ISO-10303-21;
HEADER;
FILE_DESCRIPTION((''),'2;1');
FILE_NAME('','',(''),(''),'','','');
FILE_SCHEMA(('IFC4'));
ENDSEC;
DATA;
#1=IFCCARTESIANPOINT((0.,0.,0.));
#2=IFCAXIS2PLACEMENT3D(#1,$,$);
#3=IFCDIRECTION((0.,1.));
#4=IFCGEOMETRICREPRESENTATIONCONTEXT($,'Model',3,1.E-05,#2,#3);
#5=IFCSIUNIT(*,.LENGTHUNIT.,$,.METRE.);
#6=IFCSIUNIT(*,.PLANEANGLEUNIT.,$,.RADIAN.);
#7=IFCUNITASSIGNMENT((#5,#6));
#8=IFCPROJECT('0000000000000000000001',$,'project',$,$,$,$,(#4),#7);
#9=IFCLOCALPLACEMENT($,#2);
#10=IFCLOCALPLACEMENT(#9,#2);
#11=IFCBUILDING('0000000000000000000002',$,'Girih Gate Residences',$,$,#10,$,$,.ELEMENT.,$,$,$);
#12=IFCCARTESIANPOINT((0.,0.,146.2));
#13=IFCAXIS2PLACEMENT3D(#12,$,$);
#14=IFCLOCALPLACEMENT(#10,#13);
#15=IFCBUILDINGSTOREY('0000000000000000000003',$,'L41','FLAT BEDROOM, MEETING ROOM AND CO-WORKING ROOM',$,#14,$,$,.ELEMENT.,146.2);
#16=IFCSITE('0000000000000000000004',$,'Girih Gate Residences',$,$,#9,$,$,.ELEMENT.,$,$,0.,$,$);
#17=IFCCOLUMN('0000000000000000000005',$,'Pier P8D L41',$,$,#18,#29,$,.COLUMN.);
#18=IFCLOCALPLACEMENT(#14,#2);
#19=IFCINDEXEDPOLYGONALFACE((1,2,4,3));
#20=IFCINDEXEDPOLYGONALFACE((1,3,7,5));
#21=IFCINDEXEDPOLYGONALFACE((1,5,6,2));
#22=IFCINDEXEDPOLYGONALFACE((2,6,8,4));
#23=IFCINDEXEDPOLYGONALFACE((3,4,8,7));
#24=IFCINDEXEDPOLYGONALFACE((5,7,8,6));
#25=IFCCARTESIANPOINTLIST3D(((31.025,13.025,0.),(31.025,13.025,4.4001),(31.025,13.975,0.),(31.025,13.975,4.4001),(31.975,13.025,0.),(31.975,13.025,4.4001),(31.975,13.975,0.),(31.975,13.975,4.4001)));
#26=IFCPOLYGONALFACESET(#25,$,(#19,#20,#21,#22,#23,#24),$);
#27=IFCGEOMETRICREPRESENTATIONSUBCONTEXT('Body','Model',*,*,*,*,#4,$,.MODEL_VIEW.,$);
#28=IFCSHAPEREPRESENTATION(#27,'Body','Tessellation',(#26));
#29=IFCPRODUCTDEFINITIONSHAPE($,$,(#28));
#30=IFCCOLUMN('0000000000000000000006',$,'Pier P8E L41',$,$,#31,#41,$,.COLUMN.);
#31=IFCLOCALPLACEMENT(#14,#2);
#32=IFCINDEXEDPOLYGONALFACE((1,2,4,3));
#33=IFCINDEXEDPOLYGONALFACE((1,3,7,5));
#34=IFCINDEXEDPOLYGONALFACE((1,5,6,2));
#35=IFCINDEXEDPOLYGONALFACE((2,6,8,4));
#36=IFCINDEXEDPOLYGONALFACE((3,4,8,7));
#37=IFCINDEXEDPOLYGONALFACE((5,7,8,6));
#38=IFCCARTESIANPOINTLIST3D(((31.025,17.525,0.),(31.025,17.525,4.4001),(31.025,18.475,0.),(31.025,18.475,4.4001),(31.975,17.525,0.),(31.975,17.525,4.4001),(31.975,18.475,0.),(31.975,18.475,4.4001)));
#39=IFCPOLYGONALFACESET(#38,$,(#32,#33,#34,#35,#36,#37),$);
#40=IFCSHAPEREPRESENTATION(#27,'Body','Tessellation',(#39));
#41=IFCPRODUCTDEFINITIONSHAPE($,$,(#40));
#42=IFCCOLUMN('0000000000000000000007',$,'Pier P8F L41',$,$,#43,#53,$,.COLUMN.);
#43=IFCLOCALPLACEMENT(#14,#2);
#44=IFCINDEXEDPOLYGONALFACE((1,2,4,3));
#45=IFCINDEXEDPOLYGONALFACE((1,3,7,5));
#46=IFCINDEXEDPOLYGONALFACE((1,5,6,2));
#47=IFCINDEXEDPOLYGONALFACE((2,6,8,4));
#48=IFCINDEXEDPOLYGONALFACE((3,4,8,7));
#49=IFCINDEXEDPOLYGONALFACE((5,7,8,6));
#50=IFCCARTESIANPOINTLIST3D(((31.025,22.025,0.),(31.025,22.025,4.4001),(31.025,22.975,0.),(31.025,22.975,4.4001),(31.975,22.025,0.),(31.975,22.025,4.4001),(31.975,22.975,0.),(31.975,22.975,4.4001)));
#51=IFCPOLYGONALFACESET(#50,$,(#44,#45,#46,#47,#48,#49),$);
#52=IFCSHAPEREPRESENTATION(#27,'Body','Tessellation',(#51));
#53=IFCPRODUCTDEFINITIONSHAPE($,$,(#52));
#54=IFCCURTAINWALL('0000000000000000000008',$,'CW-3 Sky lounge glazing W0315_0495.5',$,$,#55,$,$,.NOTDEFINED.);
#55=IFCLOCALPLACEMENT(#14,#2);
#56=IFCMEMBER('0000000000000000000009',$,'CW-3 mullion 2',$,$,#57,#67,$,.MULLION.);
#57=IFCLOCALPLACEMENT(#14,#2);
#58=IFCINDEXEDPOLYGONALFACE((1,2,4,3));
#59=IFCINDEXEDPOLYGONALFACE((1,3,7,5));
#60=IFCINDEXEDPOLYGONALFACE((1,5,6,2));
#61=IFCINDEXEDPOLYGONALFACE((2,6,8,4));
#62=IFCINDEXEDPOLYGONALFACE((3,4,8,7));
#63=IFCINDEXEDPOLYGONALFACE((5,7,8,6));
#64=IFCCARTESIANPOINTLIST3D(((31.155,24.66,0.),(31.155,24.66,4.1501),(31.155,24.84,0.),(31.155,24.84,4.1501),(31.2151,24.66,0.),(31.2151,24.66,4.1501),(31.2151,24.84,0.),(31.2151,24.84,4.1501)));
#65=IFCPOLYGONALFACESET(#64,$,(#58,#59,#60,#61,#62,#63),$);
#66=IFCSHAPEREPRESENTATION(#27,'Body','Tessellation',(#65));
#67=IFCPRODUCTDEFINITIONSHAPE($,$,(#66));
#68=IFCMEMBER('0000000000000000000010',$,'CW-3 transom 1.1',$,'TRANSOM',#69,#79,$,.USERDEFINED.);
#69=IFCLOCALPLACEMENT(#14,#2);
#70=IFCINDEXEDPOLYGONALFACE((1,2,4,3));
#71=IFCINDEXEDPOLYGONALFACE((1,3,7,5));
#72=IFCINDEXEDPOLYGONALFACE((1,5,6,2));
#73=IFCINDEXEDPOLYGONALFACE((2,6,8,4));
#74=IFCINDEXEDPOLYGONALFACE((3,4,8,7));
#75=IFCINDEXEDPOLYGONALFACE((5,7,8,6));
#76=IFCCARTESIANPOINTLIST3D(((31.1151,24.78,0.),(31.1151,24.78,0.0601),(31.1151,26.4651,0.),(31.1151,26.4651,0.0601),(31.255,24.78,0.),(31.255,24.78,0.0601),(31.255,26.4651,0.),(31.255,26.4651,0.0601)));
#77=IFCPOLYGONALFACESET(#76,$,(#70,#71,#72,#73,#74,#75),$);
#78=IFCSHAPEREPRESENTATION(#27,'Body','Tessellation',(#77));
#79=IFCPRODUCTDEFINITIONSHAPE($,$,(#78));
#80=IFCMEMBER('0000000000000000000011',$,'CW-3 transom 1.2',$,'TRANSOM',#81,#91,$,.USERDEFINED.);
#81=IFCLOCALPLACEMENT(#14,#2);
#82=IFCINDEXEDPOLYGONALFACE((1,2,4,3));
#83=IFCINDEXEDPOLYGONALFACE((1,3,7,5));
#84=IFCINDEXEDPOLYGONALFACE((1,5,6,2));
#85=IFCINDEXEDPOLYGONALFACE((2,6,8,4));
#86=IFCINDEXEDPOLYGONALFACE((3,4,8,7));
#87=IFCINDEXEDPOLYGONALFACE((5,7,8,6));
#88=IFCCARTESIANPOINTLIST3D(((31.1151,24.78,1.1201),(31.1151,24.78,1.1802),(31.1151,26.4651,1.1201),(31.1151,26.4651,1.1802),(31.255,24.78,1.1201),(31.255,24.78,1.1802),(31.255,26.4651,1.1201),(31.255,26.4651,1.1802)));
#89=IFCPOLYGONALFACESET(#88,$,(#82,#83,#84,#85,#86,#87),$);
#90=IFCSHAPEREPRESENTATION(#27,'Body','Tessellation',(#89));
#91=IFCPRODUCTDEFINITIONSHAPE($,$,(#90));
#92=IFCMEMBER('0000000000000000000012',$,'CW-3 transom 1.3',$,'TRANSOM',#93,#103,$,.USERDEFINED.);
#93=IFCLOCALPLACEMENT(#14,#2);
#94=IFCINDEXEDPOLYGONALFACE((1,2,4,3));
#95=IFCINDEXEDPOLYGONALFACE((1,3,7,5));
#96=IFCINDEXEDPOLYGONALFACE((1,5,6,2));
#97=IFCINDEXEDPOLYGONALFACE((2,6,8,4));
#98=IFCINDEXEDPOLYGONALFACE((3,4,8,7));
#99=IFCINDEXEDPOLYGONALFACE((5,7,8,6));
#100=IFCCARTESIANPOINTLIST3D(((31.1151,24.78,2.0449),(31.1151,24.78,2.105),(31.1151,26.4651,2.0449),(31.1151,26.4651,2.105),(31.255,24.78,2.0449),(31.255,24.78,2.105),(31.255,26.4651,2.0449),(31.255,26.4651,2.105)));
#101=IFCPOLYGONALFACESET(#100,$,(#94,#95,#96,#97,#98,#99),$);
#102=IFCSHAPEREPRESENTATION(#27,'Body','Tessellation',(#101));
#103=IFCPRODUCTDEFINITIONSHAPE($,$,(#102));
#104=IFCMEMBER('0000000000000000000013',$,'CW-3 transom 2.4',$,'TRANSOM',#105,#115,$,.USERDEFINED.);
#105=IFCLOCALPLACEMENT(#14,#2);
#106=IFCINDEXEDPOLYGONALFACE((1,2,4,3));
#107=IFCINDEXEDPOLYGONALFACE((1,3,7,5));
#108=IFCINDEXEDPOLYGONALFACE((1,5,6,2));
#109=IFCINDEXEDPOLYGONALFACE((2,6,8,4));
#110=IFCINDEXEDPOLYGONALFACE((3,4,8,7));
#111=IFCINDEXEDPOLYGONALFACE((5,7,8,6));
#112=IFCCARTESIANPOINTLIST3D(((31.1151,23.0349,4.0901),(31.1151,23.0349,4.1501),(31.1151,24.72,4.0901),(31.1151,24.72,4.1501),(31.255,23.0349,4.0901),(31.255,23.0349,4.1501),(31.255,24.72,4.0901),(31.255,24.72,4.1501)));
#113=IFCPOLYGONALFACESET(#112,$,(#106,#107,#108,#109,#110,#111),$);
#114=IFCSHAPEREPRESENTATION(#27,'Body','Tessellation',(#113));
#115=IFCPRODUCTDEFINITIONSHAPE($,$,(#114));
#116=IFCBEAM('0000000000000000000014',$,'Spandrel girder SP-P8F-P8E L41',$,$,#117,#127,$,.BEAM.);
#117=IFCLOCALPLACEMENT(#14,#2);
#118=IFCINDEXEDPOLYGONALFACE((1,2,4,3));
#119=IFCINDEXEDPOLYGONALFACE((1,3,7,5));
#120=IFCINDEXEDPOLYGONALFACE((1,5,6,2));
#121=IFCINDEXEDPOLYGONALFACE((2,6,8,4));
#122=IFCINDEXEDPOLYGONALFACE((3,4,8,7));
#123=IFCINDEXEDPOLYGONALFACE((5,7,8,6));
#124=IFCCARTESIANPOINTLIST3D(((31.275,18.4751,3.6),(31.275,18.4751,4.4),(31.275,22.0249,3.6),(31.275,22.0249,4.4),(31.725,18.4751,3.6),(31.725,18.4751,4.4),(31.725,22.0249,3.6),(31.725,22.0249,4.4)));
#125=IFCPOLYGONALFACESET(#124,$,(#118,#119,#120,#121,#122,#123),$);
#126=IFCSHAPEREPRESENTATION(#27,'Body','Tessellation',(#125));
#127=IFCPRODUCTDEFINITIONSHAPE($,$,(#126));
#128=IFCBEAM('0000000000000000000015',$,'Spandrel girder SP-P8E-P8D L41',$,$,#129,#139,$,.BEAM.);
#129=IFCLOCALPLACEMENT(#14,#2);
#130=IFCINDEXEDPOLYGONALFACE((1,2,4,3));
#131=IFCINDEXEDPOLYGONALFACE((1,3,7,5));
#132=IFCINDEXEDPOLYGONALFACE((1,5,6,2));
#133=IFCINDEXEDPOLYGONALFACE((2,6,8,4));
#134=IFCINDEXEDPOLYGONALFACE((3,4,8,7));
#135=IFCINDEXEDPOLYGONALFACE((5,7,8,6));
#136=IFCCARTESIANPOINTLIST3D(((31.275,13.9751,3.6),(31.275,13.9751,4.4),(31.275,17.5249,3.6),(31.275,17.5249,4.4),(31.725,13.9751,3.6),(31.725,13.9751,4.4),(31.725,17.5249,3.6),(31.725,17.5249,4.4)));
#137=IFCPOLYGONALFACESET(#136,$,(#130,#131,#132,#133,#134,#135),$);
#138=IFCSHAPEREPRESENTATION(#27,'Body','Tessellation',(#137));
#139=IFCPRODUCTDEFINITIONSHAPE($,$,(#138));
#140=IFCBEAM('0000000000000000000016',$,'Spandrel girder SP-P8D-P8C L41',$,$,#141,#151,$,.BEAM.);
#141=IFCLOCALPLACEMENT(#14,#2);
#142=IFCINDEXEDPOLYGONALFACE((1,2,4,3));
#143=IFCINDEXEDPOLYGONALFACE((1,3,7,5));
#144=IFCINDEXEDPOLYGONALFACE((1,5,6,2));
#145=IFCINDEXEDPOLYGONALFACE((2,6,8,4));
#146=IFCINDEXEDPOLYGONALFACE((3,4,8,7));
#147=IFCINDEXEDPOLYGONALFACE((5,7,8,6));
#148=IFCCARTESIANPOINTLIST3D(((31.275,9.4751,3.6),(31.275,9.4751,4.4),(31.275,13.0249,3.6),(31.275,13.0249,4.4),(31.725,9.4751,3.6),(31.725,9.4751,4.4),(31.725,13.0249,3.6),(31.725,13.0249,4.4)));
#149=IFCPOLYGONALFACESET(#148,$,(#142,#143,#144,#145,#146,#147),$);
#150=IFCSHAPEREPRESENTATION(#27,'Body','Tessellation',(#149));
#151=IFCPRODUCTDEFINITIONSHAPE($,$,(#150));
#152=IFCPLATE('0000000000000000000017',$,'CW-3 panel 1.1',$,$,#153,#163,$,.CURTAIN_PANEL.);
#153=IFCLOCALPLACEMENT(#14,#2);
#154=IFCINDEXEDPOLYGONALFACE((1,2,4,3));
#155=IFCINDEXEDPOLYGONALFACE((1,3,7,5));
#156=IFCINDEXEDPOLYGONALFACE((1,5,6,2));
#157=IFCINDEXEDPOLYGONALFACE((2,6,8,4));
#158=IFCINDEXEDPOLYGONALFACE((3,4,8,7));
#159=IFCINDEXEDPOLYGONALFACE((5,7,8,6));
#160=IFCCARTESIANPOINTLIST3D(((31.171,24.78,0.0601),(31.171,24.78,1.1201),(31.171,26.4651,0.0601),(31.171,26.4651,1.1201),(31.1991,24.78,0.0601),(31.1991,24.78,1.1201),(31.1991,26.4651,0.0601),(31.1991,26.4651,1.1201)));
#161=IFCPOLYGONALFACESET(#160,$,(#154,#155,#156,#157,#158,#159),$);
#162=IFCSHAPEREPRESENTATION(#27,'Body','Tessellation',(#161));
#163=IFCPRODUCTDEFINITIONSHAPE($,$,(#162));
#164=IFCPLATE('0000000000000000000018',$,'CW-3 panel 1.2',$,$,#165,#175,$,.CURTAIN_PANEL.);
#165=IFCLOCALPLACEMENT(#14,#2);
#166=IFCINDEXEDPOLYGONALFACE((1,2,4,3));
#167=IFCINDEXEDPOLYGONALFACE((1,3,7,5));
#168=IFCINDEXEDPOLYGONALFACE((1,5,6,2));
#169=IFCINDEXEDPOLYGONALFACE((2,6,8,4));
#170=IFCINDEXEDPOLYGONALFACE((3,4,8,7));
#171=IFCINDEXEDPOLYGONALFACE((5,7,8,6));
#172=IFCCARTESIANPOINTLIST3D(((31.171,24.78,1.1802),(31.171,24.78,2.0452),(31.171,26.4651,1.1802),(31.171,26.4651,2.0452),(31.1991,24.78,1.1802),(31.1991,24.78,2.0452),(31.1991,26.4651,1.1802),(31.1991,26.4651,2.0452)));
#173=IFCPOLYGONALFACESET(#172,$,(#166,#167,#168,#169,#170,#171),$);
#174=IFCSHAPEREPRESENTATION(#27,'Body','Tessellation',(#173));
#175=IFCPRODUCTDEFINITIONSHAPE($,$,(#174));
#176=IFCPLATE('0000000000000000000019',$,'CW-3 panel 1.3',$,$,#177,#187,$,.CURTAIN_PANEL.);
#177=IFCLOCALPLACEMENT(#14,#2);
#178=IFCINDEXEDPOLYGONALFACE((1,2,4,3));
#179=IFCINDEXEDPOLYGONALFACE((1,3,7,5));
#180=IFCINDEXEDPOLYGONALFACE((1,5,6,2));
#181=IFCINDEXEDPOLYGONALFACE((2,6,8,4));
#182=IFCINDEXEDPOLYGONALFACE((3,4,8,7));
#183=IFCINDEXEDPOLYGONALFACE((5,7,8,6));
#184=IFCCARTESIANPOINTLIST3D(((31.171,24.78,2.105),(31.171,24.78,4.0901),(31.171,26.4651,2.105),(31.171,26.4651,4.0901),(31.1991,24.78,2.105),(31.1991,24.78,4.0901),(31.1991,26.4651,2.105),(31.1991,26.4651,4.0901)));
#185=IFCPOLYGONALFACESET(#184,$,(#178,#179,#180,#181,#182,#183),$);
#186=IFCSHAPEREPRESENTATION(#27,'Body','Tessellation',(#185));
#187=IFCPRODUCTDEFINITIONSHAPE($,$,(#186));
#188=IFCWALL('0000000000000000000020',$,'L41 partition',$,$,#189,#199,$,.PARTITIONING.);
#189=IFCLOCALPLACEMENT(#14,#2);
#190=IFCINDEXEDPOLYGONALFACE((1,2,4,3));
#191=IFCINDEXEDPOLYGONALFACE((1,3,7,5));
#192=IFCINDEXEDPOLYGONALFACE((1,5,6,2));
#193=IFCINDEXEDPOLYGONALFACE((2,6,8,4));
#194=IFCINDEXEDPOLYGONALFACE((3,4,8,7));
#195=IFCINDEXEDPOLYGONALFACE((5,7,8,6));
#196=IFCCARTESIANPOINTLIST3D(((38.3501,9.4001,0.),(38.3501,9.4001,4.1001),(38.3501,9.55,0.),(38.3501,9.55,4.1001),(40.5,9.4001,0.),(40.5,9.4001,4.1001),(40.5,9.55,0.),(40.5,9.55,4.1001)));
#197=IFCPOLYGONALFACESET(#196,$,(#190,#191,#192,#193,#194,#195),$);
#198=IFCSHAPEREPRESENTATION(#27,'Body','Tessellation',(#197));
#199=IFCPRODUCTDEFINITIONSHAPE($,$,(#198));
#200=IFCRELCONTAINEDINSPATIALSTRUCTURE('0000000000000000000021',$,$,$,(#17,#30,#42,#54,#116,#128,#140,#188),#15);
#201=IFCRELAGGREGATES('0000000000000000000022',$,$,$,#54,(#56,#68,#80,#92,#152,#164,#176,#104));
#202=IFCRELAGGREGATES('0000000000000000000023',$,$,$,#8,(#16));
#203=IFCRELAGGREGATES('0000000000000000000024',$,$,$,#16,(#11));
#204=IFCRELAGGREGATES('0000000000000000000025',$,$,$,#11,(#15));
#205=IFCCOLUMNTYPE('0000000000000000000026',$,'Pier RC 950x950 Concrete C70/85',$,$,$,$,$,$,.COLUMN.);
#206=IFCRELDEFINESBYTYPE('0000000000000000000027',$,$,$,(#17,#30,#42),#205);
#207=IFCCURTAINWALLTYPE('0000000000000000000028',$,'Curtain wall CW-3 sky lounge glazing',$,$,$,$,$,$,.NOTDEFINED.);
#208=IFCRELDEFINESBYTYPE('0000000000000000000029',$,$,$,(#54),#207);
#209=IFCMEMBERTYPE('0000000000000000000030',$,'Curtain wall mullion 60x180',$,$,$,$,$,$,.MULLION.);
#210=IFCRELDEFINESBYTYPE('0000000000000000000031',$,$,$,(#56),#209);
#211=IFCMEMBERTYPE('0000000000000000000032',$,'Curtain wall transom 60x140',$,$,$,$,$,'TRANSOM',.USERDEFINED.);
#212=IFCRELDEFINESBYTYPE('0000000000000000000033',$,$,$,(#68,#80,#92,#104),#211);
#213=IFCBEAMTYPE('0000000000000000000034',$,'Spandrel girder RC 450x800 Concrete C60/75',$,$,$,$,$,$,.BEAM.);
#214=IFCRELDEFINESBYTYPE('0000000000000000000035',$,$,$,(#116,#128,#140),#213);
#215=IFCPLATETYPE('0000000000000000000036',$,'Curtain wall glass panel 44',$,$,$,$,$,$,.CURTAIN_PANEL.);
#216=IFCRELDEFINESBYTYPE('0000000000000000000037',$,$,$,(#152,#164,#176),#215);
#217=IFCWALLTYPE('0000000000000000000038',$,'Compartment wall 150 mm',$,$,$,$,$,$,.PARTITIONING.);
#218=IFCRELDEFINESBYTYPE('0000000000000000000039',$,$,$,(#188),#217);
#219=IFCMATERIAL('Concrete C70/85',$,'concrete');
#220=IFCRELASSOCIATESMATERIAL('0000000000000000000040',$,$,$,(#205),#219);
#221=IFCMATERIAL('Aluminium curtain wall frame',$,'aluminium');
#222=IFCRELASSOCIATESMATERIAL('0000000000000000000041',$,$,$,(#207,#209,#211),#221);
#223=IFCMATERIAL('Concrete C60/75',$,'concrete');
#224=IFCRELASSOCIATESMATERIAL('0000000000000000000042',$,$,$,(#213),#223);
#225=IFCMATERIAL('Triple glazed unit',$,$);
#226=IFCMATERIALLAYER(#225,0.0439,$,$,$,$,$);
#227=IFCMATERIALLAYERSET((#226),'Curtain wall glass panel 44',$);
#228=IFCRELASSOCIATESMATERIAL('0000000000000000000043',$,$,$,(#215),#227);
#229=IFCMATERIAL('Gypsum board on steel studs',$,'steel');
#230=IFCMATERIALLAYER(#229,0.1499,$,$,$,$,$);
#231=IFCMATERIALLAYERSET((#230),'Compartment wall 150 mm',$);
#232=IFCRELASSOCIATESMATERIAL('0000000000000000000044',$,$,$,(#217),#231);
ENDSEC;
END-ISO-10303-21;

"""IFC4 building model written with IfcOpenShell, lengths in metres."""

from ifc_helpers import new_model, si_unit, direction, frame, frame_2d, origin, origin_2d, place, context, subcontext, project, spatial, rectangle, extrude, material, layer, layer_set, material_profile, profile_set, type_object, element, aggregate, save


model = new_model("IFC4")

# Units and contexts
model_context = context("Model", 3, precision=1e-05, world=origin(), true_north=direction((0.0, 1.0)))
body_context = subcontext(model_context, "Body", "Model", "MODEL_VIEW")
ifc_project = project(units=[si_unit("LENGTHUNIT", "METRE"), si_unit("PLANEANGLEUNIT", "RADIAN")], contexts=[model_context])

# Site, building, storey
site_placement = place(None, origin())
site = spatial("IfcSite", under=ifc_project, at=site_placement, Name="Girih Gate Residences", CompositionType="ELEMENT", RefElevation=0.0)
building_placement = place(site_placement, origin())
building = spatial("IfcBuilding", under=site, at=building_placement, Name="Girih Gate Residences", CompositionType="ELEMENT")
storey_placement = place(building_placement, frame((0.0, 0.0, 146.2)))
storey = spatial("IfcBuildingStorey", under=building, at=storey_placement, Name="L41", Description="FLAT BEDROOM, MEETING ROOM AND CO-WORKING ROOM", CompositionType="ELEMENT", Elevation=146.2)

# Columns
ifc_material_1 = material(Name="Concrete C70/85", Category="concrete")
ifc_material_profile_1 = material_profile(ifc_material_1, rectangle(XDim=0.95, YDim=0.95, at=origin_2d()))
ifc_profile_set_1 = profile_set([ifc_material_profile_1], Name="Concrete C70/85")
column_type = type_object("IfcColumnType", Name="Pier RC 950x950 Concrete C70/85", PredefinedType="COLUMN", material=ifc_profile_set_1)
for number, where, z_axis, x_axis, name in (
    (1, (31.5, 13.5, 0.0), (0.0, 0.0, 1.0), (1.0, 0.0, 0.0), "Pier P8D L41"),
    (2, (31.5, 18.0, 0.0), (0.0, 0.0, 1.0), (1.0, 0.0, 0.0), "Pier P8E L41"),
    (3, (31.5, 22.5, 0.0), (0.0, 0.0, 1.0), (1.0, 0.0, 0.0), "Pier P8F L41"),
):
    element("IfcColumn", number, at=place(storey_placement, frame(where, z_axis=z_axis, x_axis=x_axis)), inside=storey, type_object=column_type, Name=name, PredefinedType="COLUMN", context=body_context, shape_type="SweptSolid", body=[
        extrude(rectangle(XDim=0.95, YDim=0.95, at=origin_2d()), origin(), (0.0, 0.0, 1.0), 4.4001),
    ])

# Curtain wall, members
ifc_material_2 = material(Name="Aluminium curtain wall frame", Category="aluminium")
curtain_wall_type = type_object("IfcCurtainWallType", Name="Curtain wall CW-3 sky lounge glazing", PredefinedType="NOTDEFINED", material=ifc_material_2)
curtain_wall_placement = place(storey_placement, origin())
curtain_wall = element("IfcCurtainWall", 4, at=curtain_wall_placement, inside=storey, type_object=curtain_wall_type, Name="CW-3 Sky lounge glazing W0315_0495.5", PredefinedType="NOTDEFINED")
ifc_material_profile_2 = material_profile(ifc_material_2, rectangle(XDim=0.0601, YDim=0.1799, at=origin_2d()))
ifc_profile_set_2 = profile_set([ifc_material_profile_2], Name="Aluminium curtain wall frame")
member_type_1 = type_object("IfcMemberType", Name="Curtain wall mullion 60x180", PredefinedType="MULLION", material=ifc_profile_set_2)
member_1_placement = place(storey_placement, frame((31.1851, 24.75, 0.0), z_axis=(0.0, 0.0, 1.0), x_axis=(1.0, 0.0, 0.0)))
member_1 = element("IfcMember", 5, at=member_1_placement, type_object=member_type_1, Name="CW-3 mullion 2", PredefinedType="MULLION", context=body_context, shape_type="SweptSolid", body=[
    extrude(rectangle(XDim=0.0601, YDim=0.1799, at=origin_2d()), origin(), (0.0, 0.0, 1.0), 4.1501),
])
ifc_material_profile_3 = material_profile(ifc_material_2, rectangle(XDim=0.1399, YDim=0.0601, at=origin_2d()))
ifc_profile_set_3 = profile_set([ifc_material_profile_3], Name="Aluminium curtain wall frame")
member_type_2 = type_object("IfcMemberType", Name="Curtain wall transom 60x140", ElementType="TRANSOM", PredefinedType="USERDEFINED", material=ifc_profile_set_3)
member_2_placement = place(storey_placement, frame((31.1851, 26.4651, 0.03), z_axis=(0.0, -1.0, 0.0), x_axis=(1.0, 0.0, 0.0)))
member_2 = element("IfcMember", 6, at=member_2_placement, type_object=member_type_2, Name="CW-3 transom 1.1", ObjectType="TRANSOM", PredefinedType="USERDEFINED", context=body_context, shape_type="SweptSolid", body=[
    extrude(rectangle(XDim=0.1399, YDim=0.0601, at=origin_2d()), origin(), (0.0, 0.0, 1.0), 1.6851),
])
member_3_placement = place(storey_placement, frame((31.1851, 26.4651, 1.1501), z_axis=(0.0, -1.0, 0.0), x_axis=(1.0, 0.0, 0.0)))
member_3 = element("IfcMember", 7, at=member_3_placement, type_object=member_type_2, Name="CW-3 transom 1.2", ObjectType="TRANSOM", PredefinedType="USERDEFINED", context=body_context, shape_type="SweptSolid", body=[
    extrude(rectangle(XDim=0.1399, YDim=0.0601, at=origin_2d()), origin(), (0.0, 0.0, 1.0), 1.6851),
])
member_4_placement = place(storey_placement, frame((31.1851, 26.4651, 2.075), z_axis=(0.0, -1.0, 0.0), x_axis=(1.0, 0.0, 0.0)))
member_4 = element("IfcMember", 8, at=member_4_placement, type_object=member_type_2, Name="CW-3 transom 1.3", ObjectType="TRANSOM", PredefinedType="USERDEFINED", context=body_context, shape_type="SweptSolid", body=[
    extrude(rectangle(XDim=0.1399, YDim=0.0601, at=origin_2d()), origin(), (0.0, 0.0, 1.0), 1.6851),
])
member_5_placement = place(storey_placement, frame((31.1851, 24.72, 4.1201), z_axis=(0.0, -1.0, 0.0), x_axis=(1.0, 0.0, 0.0)))
member_5 = element("IfcMember", 9, at=member_5_placement, type_object=member_type_2, Name="CW-3 transom 2.4", ObjectType="TRANSOM", PredefinedType="USERDEFINED", context=body_context, shape_type="SweptSolid", body=[
    extrude(rectangle(XDim=0.1399, YDim=0.0601, at=origin_2d()), origin(), (0.0, 0.0, 1.0), 1.6851),
])

# Beams
ifc_material_3 = material(Name="Concrete C60/75", Category="concrete")
ifc_material_profile_4 = material_profile(ifc_material_3, rectangle(XDim=0.45, YDim=0.8, at=origin_2d()))
ifc_profile_set_4 = profile_set([ifc_material_profile_4], Name="Concrete C60/75")
beam_type = type_object("IfcBeamType", Name="Spandrel girder RC 450x800 Concrete C60/75", PredefinedType="BEAM", material=ifc_profile_set_4)
for number, where, z_axis, x_axis, name in (
    (10, (31.5, 22.0249, 4.0), (0.0, -1.0, 0.0), (1.0, 0.0, 0.0), "Spandrel girder SP-P8F-P8E L41"),
    (11, (31.5, 17.5249, 4.0), (0.0, -1.0, 0.0), (1.0, 0.0, 0.0), "Spandrel girder SP-P8E-P8D L41"),
    (12, (31.5, 13.0249, 4.0), (0.0, -1.0, 0.0), (1.0, 0.0, 0.0), "Spandrel girder SP-P8D-P8C L41"),
):
    element("IfcBeam", number, at=place(storey_placement, frame(where, z_axis=z_axis, x_axis=x_axis)), inside=storey, type_object=beam_type, Name=name, PredefinedType="BEAM", context=body_context, shape_type="SweptSolid", body=[
        extrude(rectangle(XDim=0.45, YDim=0.8, at=origin_2d()), origin(), (0.0, 0.0, 1.0), 3.5498),
    ])

# Plates
ifc_material_4 = material(Name="Triple glazed unit")
ifc_layer_1 = layer(ifc_material_4, 0.0439)
ifc_layer_set_1 = layer_set([ifc_layer_1], Name="Curtain wall glass panel 44")
plate_type = type_object("IfcPlateType", Name="Curtain wall glass panel 44", PredefinedType="CURTAIN_PANEL", material=ifc_layer_set_1)
plate_1_placement = place(storey_placement, frame((31.1851, 25.6226, 0.0601), z_axis=(0.0, 0.0, 1.0), x_axis=(0.0, -1.0, 0.0)))
plate_1 = element("IfcPlate", 13, at=plate_1_placement, type_object=plate_type, Name="CW-3 panel 1.1", PredefinedType="CURTAIN_PANEL", context=body_context, shape_type="SweptSolid", body=[
    extrude(rectangle(XDim=1.6851, YDim=0.0281, at=origin_2d()), origin(), (0.0, 0.0, 1.0), 1.0601),
])
plate_2_placement = place(storey_placement, frame((31.1851, 25.6226, 1.1802), z_axis=(0.0, 0.0, 1.0), x_axis=(0.0, -1.0, 0.0)))
plate_2 = element("IfcPlate", 14, at=plate_2_placement, type_object=plate_type, Name="CW-3 panel 1.2", PredefinedType="CURTAIN_PANEL", context=body_context, shape_type="SweptSolid", body=[
    extrude(rectangle(XDim=1.6851, YDim=0.0281, at=origin_2d()), origin(), (0.0, 0.0, 1.0), 0.865),
])
plate_3_placement = place(storey_placement, frame((31.1851, 25.6226, 2.105), z_axis=(0.0, 0.0, 1.0), x_axis=(0.0, -1.0, 0.0)))
plate_3 = element("IfcPlate", 15, at=plate_3_placement, type_object=plate_type, Name="CW-3 panel 1.3", PredefinedType="CURTAIN_PANEL", context=body_context, shape_type="SweptSolid", body=[
    extrude(rectangle(XDim=1.6851, YDim=0.0281, at=origin_2d()), origin(), (0.0, 0.0, 1.0), 1.9851),
])
aggregate(curtain_wall, [member_1, member_2, member_3, member_4, plate_1, plate_2, plate_3, member_5])

# Wall
ifc_material_5 = material(Name="Gypsum board on steel studs", Category="steel")
ifc_layer_2 = layer(ifc_material_5, 0.1499)
ifc_layer_set_2 = layer_set([ifc_layer_2], Name="Compartment wall 150 mm")
wall_type_1 = type_object("IfcWallType", Name="Compartment wall 150 mm", PredefinedType="PARTITIONING", material=ifc_layer_set_2)
wall_1_placement = place(storey_placement, frame((38.3501, 9.4751, 0.0), z_axis=(0.0, 0.0, 1.0), x_axis=(1.0, 0.0, 0.0)))
element("IfcWall", 16, at=wall_1_placement, inside=storey, type_object=wall_type_1, Name="L41 partition", PredefinedType="PARTITIONING", context=body_context, shape_type="SweptSolid", body=[
    extrude(rectangle(XDim=2.1499, YDim=0.1499, at=frame_2d((1.075, 0.0))), origin(), (0.0, 0.0, 1.0), 4.1001),
])

save(model, "model.ifc")
